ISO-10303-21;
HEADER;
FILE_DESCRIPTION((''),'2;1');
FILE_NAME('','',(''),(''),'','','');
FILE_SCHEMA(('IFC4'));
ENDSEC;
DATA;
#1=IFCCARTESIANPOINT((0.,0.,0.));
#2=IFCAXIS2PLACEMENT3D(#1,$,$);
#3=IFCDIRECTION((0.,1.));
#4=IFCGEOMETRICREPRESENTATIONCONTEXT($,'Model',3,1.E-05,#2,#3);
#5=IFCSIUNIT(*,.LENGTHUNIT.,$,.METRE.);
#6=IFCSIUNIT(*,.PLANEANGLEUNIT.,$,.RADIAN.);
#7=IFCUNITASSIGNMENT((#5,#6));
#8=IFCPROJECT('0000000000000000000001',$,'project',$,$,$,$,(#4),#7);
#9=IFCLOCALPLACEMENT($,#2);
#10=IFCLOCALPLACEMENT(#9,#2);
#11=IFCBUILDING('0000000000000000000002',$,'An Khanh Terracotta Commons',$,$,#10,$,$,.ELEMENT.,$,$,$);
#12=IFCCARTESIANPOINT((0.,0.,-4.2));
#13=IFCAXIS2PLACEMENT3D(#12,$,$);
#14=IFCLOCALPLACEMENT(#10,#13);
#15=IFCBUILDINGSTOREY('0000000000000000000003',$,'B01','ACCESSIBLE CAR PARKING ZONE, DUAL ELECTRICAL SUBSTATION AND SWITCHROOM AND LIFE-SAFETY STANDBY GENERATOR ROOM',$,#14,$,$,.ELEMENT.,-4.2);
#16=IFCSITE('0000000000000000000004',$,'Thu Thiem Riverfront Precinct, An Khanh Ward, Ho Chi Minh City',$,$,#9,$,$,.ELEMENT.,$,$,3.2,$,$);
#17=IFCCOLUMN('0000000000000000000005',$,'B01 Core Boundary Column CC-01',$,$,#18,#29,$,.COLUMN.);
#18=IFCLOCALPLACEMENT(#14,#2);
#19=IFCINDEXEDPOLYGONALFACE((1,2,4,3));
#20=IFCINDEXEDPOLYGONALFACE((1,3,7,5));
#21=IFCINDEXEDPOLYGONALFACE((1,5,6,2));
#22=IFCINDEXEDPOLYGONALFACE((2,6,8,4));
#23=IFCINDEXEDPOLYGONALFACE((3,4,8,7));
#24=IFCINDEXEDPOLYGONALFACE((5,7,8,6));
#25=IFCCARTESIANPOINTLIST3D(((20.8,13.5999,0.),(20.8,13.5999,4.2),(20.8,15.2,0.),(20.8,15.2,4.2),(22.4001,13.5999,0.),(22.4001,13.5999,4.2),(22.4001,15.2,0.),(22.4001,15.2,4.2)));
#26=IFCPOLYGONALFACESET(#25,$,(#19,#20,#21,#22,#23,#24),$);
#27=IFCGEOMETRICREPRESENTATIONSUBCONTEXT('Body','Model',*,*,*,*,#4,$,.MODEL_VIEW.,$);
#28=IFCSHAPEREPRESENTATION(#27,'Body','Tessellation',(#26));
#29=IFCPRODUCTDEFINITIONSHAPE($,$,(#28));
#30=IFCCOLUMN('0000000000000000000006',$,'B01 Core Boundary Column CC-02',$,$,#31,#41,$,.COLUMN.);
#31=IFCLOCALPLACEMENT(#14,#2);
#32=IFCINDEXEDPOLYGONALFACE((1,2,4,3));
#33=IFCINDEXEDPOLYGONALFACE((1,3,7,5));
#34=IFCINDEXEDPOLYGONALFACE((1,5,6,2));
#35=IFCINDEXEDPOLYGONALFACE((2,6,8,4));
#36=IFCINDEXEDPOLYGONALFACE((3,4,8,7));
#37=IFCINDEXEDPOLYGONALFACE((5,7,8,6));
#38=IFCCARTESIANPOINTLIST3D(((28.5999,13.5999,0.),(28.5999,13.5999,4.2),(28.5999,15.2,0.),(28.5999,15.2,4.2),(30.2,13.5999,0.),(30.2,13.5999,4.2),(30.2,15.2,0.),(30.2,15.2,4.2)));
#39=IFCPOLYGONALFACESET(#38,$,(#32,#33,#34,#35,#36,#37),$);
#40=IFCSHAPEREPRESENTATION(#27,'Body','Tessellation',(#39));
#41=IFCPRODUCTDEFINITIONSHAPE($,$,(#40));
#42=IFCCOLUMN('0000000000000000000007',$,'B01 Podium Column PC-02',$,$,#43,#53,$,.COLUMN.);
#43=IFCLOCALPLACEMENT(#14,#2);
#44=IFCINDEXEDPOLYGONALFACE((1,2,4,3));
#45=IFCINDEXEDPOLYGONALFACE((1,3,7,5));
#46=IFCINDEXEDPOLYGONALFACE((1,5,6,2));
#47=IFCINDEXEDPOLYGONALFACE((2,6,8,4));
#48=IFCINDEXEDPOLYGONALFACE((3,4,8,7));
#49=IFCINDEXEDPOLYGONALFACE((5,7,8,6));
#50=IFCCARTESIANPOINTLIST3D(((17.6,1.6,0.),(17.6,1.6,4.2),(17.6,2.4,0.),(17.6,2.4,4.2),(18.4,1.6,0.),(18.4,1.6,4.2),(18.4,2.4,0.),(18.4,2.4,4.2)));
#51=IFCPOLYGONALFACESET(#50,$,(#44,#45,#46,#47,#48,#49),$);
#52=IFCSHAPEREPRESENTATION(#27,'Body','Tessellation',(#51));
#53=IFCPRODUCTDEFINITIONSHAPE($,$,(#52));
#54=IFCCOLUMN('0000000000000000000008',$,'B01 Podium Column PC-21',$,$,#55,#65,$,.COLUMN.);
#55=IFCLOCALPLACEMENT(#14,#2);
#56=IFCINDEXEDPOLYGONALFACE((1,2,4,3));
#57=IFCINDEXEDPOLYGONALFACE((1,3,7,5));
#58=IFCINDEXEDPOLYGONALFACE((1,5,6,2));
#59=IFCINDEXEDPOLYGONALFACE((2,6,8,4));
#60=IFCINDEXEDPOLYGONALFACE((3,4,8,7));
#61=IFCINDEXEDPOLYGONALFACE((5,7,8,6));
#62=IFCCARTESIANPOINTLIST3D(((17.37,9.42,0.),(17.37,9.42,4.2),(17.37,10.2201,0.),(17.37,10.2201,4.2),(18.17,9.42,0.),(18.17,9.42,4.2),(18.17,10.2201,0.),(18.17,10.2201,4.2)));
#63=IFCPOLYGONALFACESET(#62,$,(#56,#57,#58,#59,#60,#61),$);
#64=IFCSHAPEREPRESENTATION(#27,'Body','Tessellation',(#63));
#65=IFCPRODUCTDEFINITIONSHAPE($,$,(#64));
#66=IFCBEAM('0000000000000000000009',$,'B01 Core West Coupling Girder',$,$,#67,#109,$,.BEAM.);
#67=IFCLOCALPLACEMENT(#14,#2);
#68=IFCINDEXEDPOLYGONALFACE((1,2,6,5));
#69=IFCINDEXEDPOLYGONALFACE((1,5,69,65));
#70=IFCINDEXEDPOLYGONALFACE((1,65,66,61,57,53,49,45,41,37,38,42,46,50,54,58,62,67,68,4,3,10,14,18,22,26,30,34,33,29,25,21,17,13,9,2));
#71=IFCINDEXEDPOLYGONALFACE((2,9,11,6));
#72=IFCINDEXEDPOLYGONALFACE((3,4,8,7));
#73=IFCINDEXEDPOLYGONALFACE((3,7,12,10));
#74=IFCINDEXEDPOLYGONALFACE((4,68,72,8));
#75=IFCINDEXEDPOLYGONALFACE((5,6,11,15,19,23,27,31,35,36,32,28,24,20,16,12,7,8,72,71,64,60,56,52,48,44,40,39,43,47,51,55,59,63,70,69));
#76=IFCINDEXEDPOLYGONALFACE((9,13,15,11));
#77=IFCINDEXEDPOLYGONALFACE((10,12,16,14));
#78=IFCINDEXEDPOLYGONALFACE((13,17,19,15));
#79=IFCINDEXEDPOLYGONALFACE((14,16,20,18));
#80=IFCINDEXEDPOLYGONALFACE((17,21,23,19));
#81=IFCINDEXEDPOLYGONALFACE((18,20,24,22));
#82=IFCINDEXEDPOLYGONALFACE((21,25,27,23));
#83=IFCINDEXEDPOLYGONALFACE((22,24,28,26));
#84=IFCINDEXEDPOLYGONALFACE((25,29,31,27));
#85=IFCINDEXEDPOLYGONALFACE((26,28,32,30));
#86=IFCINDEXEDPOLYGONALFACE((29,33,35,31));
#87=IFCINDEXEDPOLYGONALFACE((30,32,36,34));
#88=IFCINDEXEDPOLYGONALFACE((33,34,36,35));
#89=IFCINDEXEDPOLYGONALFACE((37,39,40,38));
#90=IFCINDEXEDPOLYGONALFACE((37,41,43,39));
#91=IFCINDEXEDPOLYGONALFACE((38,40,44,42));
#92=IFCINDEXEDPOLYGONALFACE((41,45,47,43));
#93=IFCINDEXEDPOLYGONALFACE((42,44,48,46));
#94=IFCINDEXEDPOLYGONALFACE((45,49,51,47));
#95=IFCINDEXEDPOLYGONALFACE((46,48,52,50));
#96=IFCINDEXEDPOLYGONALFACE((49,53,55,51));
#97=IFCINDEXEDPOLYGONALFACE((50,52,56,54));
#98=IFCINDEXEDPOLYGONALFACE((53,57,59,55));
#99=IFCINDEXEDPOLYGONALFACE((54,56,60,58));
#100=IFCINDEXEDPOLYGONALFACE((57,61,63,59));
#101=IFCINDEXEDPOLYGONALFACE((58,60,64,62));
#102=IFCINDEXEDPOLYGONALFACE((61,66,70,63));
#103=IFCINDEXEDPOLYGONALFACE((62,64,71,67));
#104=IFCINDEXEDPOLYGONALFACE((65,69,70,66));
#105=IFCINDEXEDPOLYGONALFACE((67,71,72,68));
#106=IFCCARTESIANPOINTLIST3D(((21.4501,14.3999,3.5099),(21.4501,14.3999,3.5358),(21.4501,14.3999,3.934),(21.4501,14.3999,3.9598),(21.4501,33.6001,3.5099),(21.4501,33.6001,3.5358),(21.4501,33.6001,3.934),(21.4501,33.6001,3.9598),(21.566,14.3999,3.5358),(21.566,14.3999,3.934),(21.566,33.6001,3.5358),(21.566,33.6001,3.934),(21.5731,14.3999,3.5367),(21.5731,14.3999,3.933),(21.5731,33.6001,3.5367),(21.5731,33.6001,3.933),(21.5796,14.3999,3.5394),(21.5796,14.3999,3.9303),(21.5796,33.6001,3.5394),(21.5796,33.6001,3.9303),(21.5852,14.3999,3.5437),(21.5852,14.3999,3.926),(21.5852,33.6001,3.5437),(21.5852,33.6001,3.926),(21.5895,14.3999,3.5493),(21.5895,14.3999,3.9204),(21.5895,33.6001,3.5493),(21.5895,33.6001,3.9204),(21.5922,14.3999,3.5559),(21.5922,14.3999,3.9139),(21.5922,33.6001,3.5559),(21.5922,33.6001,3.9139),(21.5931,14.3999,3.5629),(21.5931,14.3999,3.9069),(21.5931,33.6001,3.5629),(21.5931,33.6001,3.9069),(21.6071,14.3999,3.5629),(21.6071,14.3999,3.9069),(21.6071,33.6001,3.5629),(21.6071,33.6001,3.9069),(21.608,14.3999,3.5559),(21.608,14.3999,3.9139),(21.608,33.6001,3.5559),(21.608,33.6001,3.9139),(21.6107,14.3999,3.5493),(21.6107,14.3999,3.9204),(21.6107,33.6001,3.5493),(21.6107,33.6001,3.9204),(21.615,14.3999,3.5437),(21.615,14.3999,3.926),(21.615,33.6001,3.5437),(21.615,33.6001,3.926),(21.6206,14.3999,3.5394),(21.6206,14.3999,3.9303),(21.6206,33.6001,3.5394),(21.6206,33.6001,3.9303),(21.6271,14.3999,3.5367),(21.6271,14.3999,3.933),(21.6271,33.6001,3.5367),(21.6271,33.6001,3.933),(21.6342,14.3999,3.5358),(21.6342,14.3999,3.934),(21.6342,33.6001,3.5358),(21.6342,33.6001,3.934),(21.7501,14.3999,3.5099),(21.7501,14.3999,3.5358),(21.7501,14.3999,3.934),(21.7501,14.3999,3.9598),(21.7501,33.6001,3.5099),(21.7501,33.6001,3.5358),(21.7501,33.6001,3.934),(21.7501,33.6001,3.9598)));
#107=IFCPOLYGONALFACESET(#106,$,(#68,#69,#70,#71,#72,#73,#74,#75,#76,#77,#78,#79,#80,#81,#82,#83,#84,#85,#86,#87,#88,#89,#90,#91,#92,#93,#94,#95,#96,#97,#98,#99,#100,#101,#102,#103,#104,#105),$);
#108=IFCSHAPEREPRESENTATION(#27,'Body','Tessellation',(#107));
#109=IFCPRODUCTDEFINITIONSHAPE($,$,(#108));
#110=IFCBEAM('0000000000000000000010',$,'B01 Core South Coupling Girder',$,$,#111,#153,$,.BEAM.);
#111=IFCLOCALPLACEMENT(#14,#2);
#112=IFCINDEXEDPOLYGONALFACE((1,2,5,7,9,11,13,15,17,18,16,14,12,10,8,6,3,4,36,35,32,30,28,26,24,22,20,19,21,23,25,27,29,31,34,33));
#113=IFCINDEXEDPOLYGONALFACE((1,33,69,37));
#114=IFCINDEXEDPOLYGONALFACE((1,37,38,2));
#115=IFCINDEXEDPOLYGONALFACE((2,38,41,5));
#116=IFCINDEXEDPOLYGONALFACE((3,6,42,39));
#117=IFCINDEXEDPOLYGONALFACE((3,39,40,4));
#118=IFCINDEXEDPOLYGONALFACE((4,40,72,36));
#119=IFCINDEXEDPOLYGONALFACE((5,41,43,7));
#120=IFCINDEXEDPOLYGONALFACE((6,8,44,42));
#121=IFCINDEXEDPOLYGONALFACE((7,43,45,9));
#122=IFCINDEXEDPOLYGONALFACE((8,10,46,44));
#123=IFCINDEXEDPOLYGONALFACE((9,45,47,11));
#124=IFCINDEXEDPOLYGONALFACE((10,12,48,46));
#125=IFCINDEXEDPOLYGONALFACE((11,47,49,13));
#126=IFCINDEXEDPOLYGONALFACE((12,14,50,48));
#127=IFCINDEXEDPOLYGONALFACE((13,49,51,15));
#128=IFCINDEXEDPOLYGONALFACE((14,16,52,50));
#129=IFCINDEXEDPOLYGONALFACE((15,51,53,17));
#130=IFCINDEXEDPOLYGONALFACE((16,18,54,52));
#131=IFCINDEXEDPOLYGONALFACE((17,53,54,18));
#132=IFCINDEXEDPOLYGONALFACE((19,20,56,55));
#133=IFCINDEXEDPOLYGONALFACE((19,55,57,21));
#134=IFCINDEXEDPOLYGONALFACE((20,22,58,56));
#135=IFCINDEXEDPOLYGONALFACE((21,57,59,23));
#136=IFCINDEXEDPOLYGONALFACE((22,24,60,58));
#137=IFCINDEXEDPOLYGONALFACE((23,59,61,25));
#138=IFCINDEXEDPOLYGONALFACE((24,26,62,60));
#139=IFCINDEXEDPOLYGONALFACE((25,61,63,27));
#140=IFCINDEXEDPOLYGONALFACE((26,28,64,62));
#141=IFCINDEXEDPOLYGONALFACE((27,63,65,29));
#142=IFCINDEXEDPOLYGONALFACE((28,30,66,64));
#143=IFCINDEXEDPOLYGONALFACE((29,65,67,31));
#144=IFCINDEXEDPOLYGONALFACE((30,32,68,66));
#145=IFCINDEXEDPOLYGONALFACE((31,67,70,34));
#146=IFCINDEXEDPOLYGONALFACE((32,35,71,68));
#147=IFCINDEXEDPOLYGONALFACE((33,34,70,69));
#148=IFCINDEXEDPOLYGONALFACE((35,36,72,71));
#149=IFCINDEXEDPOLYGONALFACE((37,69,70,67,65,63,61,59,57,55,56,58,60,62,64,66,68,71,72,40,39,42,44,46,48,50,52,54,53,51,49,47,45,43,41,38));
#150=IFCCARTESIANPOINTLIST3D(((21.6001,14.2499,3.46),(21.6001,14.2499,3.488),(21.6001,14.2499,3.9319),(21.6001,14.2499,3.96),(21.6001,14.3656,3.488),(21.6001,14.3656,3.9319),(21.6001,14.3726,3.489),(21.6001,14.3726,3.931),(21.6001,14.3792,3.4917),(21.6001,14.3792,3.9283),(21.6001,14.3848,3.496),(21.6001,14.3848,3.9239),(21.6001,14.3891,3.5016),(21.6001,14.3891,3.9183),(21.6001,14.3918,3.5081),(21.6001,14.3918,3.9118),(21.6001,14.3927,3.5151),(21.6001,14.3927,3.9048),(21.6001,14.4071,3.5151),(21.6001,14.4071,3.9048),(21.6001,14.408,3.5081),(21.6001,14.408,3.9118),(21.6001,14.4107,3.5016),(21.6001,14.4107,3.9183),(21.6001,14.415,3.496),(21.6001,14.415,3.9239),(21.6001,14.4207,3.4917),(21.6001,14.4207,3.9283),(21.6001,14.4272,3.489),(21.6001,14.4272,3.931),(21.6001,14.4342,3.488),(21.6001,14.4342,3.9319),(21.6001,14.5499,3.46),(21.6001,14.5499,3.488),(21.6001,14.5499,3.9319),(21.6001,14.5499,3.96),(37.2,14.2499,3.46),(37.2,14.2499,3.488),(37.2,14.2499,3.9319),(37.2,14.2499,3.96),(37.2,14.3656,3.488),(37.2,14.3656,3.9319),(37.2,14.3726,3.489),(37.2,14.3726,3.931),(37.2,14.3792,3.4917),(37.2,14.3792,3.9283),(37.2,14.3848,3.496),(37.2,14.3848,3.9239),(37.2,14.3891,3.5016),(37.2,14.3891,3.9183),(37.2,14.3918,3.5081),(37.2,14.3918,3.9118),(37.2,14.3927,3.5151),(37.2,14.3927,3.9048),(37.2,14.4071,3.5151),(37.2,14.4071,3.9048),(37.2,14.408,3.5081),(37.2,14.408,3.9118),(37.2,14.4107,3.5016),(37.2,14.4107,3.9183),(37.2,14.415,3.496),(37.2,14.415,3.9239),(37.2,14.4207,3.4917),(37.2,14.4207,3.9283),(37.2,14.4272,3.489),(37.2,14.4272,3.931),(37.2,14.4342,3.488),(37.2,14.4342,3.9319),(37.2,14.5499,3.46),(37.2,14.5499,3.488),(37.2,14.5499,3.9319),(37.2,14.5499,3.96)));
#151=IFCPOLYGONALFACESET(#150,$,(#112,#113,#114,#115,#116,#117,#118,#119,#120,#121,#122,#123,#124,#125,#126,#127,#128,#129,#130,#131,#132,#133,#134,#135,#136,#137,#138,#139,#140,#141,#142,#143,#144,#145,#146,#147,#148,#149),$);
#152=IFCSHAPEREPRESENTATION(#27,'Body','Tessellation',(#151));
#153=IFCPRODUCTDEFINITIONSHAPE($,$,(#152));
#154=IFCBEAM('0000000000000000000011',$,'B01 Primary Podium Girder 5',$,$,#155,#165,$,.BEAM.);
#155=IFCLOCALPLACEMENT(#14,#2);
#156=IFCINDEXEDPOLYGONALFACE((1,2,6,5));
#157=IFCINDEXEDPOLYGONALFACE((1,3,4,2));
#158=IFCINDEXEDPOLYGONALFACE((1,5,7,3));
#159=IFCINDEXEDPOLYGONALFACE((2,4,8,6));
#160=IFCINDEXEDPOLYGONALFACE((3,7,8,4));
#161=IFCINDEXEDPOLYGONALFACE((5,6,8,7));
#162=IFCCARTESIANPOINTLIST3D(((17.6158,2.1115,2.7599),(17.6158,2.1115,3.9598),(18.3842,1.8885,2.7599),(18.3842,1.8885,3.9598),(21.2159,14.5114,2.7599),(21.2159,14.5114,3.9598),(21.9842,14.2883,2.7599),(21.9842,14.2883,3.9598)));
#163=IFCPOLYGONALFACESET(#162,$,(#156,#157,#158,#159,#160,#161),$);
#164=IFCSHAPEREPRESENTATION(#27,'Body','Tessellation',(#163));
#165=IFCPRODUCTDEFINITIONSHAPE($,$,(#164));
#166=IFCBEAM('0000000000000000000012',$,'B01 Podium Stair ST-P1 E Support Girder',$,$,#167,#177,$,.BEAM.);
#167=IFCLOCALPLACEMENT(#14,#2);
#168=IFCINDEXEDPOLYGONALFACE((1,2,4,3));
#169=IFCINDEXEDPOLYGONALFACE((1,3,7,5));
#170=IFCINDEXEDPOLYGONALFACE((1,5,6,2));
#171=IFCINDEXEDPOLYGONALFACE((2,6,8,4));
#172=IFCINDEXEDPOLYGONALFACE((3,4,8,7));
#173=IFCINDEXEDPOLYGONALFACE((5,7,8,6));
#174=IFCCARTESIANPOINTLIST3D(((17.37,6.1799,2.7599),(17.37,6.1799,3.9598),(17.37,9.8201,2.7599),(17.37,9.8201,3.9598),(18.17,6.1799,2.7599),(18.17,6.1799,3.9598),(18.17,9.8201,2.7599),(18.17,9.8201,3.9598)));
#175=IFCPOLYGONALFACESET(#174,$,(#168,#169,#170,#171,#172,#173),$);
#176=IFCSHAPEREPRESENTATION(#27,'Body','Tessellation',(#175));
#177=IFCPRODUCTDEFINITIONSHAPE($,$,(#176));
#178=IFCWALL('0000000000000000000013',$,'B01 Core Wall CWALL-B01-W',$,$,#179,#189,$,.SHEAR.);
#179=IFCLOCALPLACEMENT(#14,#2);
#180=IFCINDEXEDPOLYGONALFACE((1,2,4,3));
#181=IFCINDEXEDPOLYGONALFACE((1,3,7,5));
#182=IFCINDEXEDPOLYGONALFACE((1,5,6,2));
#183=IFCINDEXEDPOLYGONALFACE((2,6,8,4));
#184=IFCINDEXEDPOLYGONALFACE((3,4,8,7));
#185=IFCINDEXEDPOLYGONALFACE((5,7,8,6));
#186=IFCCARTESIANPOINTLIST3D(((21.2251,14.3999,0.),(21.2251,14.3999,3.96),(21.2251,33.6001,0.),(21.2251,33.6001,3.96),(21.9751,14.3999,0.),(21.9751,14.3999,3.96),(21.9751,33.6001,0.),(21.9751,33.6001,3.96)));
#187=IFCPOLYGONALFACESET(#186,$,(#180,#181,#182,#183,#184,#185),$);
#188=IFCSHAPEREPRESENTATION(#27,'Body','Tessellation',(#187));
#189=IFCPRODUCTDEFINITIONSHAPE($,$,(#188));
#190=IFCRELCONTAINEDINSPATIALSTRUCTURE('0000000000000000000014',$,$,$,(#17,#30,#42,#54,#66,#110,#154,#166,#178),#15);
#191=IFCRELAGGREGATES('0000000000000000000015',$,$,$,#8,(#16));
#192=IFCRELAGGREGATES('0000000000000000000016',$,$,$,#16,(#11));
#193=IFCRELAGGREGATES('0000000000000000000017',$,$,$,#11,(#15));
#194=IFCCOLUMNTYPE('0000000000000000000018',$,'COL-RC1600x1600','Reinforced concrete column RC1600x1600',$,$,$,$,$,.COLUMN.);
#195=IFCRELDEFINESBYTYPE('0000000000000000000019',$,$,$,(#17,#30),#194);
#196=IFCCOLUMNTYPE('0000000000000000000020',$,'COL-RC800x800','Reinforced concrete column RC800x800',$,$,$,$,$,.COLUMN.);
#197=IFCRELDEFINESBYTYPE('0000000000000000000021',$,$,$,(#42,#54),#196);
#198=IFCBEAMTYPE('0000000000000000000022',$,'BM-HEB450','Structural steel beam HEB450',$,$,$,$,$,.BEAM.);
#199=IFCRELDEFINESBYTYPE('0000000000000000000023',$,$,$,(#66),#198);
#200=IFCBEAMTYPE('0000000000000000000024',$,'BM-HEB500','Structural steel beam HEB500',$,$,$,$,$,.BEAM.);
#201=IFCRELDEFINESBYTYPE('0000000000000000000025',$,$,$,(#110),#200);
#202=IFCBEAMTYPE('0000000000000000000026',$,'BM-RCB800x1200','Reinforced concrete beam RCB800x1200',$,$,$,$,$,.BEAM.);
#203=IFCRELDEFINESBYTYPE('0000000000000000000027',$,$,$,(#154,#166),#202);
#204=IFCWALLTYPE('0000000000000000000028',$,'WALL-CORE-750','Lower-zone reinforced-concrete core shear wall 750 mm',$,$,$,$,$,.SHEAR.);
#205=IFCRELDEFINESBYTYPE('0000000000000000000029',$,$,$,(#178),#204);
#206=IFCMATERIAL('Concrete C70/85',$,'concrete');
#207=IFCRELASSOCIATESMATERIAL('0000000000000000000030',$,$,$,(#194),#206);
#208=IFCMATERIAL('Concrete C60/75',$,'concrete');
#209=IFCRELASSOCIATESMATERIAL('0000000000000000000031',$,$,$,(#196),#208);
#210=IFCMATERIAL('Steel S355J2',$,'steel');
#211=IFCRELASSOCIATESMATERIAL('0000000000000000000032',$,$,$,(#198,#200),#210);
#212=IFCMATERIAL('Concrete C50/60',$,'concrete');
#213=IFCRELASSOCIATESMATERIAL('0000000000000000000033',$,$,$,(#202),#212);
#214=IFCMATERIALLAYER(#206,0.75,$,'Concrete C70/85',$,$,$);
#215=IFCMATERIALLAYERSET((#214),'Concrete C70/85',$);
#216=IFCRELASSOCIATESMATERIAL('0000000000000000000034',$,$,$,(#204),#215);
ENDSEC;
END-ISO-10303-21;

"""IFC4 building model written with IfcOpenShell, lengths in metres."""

from ifc_helpers import new_model, si_unit, direction, frame, frame_2d, origin, origin_2d, place, context, subcontext, project, spatial, rectangle, i_section, extrude, material, layer, layer_set, material_profile, profile_set, type_object, element, save


model = new_model("IFC4")

# Units and contexts
model_context = context("Model", 3, precision=1e-05, world=origin(), true_north=direction((0.0, 1.0)))
body_context = subcontext(model_context, "Body", "Model", "MODEL_VIEW")
ifc_project = project(units=[si_unit("LENGTHUNIT", "METRE"), si_unit("PLANEANGLEUNIT", "RADIAN")], contexts=[model_context])

# Site, building, storey
site_placement = place(None, origin())
site = spatial("IfcSite", under=ifc_project, at=site_placement, Name="Thu Thiem Riverfront Precinct, An Khanh Ward, Ho Chi Minh City", CompositionType="ELEMENT", RefElevation=3.2)
building_placement = place(site_placement, origin())
building = spatial("IfcBuilding", under=site, at=building_placement, Name="An Khanh Terracotta Commons", CompositionType="ELEMENT")
storey_placement = place(building_placement, frame((0.0, 0.0, -4.2)))
storey = spatial("IfcBuildingStorey", under=building, at=storey_placement, Name="B01", Description="ACCESSIBLE CAR PARKING ZONE, DUAL ELECTRICAL SUBSTATION AND SWITCHROOM AND LIFE-SAFETY STANDBY GENERATOR ROOM", CompositionType="ELEMENT", Elevation=-4.2)

# Columns
ifc_material_1 = material(Name="Concrete C70/85", Category="concrete")
ifc_material_profile_1 = material_profile(ifc_material_1, rectangle(XDim=1.6001, YDim=1.6001, at=origin_2d()), Name="RC1600x1600")
ifc_profile_set_1 = profile_set([ifc_material_profile_1], Name="Concrete C70/85")
column_type_1 = type_object("IfcColumnType", Name="COL-RC1600x1600", Description="Reinforced concrete column RC1600x1600", PredefinedType="COLUMN", material=ifc_profile_set_1)
for number, where, z_axis, x_axis, name in (
    (1, (21.6001, 14.3999, 0.0), (0.0, 0.0, 1.0), (1.0, 0.0, 0.0), "B01 Core Boundary Column CC-01"),
    (2, (29.3999, 14.3999, 0.0), (0.0, 0.0, 1.0), (1.0, 0.0, 0.0), "B01 Core Boundary Column CC-02"),
):
    element("IfcColumn", number, at=place(storey_placement, frame(where, z_axis=z_axis, x_axis=x_axis)), inside=storey, type_object=column_type_1, Name=name, PredefinedType="COLUMN", context=body_context, shape_type="SweptSolid", body=[
        extrude(rectangle(XDim=1.6001, YDim=1.6001, at=origin_2d()), origin(), (0.0, 0.0, 1.0), 4.2),
    ])
ifc_material_2 = material(Name="Concrete C60/75", Category="concrete")
ifc_material_profile_2 = material_profile(ifc_material_2, rectangle(XDim=0.8, YDim=0.8, at=origin_2d()), Name="RC800x800")
ifc_profile_set_2 = profile_set([ifc_material_profile_2], Name="Concrete C60/75")
column_type_2 = type_object("IfcColumnType", Name="COL-RC800x800", Description="Reinforced concrete column RC800x800", PredefinedType="COLUMN", material=ifc_profile_set_2)
for number, where, z_axis, x_axis, name in (
    (3, (18.0, 2.0, 0.0), (0.0, 0.0, 1.0), (1.0, 0.0, 0.0), "B01 Podium Column PC-02"),
    (4, (17.77, 9.8201, 0.0), (0.0, 0.0, 1.0), (1.0, 0.0, 0.0), "B01 Podium Column PC-21"),
):
    element("IfcColumn", number, at=place(storey_placement, frame(where, z_axis=z_axis, x_axis=x_axis)), inside=storey, type_object=column_type_2, Name=name, PredefinedType="COLUMN", context=body_context, shape_type="SweptSolid", body=[
        extrude(rectangle(XDim=0.8, YDim=0.8, at=origin_2d()), origin(), (0.0, 0.0, 1.0), 4.2),
    ])

# Beams
ifc_material_3 = material(Name="Steel S355J2", Category="steel")
ifc_material_profile_3 = material_profile(ifc_material_3, i_section(OverallWidth=0.3, OverallDepth=0.45, WebThickness=0.0139, FlangeThickness=0.0259, FilletRadius=0.0271, at=origin_2d()), Name="HEB450")
ifc_profile_set_3 = profile_set([ifc_material_profile_3], Name="Steel S355J2")
beam_type_1 = type_object("IfcBeamType", Name="BM-HEB450", Description="Structural steel beam HEB450", PredefinedType="BEAM", material=ifc_profile_set_3)
beam_1_placement = place(storey_placement, frame((21.6001, 14.3999, 3.7349), z_axis=(0.0, 1.0, 0.0), x_axis=(-1.0, 0.0, 0.0)))
element("IfcBeam", 5, at=beam_1_placement, inside=storey, type_object=beam_type_1, Name="B01 Core West Coupling Girder", PredefinedType="BEAM", context=body_context, shape_type="SweptSolid", body=[
    extrude(i_section(OverallWidth=0.3, OverallDepth=0.45, WebThickness=0.0139, FlangeThickness=0.0259, FilletRadius=0.0271, at=origin_2d()), origin(), (0.0, 0.0, 1.0), 19.2002),
])
ifc_material_profile_4 = material_profile(ifc_material_3, i_section(OverallWidth=0.3, OverallDepth=0.5, WebThickness=0.0144, FlangeThickness=0.0281, FilletRadius=0.0271, at=origin_2d()), Name="HEB500")
ifc_profile_set_4 = profile_set([ifc_material_profile_4], Name="Steel S355J2")
beam_type_2 = type_object("IfcBeamType", Name="BM-HEB500", Description="Structural steel beam HEB500", PredefinedType="BEAM", material=ifc_profile_set_4)
beam_2_placement = place(storey_placement, frame((21.6001, 14.3999, 3.71), z_axis=(1.0, 0.0, 0.0), x_axis=(0.0, 1.0, 0.0)))
element("IfcBeam", 6, at=beam_2_placement, inside=storey, type_object=beam_type_2, Name="B01 Core South Coupling Girder", PredefinedType="BEAM", context=body_context, shape_type="SweptSolid", body=[
    extrude(i_section(OverallWidth=0.3, OverallDepth=0.5, WebThickness=0.0144, FlangeThickness=0.0281, FilletRadius=0.0271, at=origin_2d()), origin(), (0.0, 0.0, 1.0), 15.5999),
])
ifc_material_4 = material(Name="Concrete C50/60", Category="concrete")
ifc_material_profile_5 = material_profile(ifc_material_4, rectangle(XDim=0.8, YDim=1.2, at=origin_2d()), Name="RCB800x1200")
ifc_profile_set_5 = profile_set([ifc_material_profile_5], Name="Concrete C50/60")
beam_type_3 = type_object("IfcBeamType", Name="BM-RCB800x1200", Description="Reinforced concrete beam RCB800x1200", PredefinedType="BEAM", material=ifc_profile_set_5)
beam_3_placement = place(storey_placement, frame((18.0, 2.0, 3.3599), z_axis=(0.278819, 0.960344, 0.0), x_axis=(-0.960344, 0.278819, 0.0)))
element("IfcBeam", 7, at=beam_3_placement, inside=storey, type_object=beam_type_3, Name="B01 Primary Podium Girder 5", PredefinedType="BEAM", context=body_context, shape_type="SweptSolid", body=[
    extrude(rectangle(XDim=0.8, YDim=1.2, at=origin_2d()), origin(), (0.0, 0.0, 1.0), 12.9119),
])
beam_4_placement = place(storey_placement, frame((17.77, 6.1799, 3.3599), z_axis=(0.0, 1.0, 0.0), x_axis=(-1.0, 0.0, 0.0)))
element("IfcBeam", 8, at=beam_4_placement, inside=storey, type_object=beam_type_3, Name="B01 Podium Stair ST-P1 E Support Girder", PredefinedType="BEAM", context=body_context, shape_type="SweptSolid", body=[
    extrude(rectangle(XDim=0.8, YDim=1.2, at=origin_2d()), origin(), (0.0, 0.0, 1.0), 3.6401),
])

# Wall
ifc_layer_1 = layer(ifc_material_1, 0.75, Name="Concrete C70/85")
ifc_layer_set_1 = layer_set([ifc_layer_1], Name="Concrete C70/85")
wall_type_1 = type_object("IfcWallType", Name="WALL-CORE-750", Description="Lower-zone reinforced-concrete core shear wall 750 mm", PredefinedType="SHEAR", material=ifc_layer_set_1)
wall_1_placement = place(storey_placement, frame((21.6001, 14.3999, 0.0), z_axis=(0.0, 0.0, 1.0), x_axis=(0.0, 1.0, 0.0)))
element("IfcWall", 9, at=wall_1_placement, inside=storey, type_object=wall_type_1, Name="B01 Core Wall CWALL-B01-W", PredefinedType="SHEAR", context=body_context, shape_type="SweptSolid", body=[
    extrude(rectangle(XDim=19.2002, YDim=0.75, at=frame_2d((9.6001, 0.0))), origin(), (0.0, 0.0, 1.0), 3.96),
])

save(model, "model.ifc")
